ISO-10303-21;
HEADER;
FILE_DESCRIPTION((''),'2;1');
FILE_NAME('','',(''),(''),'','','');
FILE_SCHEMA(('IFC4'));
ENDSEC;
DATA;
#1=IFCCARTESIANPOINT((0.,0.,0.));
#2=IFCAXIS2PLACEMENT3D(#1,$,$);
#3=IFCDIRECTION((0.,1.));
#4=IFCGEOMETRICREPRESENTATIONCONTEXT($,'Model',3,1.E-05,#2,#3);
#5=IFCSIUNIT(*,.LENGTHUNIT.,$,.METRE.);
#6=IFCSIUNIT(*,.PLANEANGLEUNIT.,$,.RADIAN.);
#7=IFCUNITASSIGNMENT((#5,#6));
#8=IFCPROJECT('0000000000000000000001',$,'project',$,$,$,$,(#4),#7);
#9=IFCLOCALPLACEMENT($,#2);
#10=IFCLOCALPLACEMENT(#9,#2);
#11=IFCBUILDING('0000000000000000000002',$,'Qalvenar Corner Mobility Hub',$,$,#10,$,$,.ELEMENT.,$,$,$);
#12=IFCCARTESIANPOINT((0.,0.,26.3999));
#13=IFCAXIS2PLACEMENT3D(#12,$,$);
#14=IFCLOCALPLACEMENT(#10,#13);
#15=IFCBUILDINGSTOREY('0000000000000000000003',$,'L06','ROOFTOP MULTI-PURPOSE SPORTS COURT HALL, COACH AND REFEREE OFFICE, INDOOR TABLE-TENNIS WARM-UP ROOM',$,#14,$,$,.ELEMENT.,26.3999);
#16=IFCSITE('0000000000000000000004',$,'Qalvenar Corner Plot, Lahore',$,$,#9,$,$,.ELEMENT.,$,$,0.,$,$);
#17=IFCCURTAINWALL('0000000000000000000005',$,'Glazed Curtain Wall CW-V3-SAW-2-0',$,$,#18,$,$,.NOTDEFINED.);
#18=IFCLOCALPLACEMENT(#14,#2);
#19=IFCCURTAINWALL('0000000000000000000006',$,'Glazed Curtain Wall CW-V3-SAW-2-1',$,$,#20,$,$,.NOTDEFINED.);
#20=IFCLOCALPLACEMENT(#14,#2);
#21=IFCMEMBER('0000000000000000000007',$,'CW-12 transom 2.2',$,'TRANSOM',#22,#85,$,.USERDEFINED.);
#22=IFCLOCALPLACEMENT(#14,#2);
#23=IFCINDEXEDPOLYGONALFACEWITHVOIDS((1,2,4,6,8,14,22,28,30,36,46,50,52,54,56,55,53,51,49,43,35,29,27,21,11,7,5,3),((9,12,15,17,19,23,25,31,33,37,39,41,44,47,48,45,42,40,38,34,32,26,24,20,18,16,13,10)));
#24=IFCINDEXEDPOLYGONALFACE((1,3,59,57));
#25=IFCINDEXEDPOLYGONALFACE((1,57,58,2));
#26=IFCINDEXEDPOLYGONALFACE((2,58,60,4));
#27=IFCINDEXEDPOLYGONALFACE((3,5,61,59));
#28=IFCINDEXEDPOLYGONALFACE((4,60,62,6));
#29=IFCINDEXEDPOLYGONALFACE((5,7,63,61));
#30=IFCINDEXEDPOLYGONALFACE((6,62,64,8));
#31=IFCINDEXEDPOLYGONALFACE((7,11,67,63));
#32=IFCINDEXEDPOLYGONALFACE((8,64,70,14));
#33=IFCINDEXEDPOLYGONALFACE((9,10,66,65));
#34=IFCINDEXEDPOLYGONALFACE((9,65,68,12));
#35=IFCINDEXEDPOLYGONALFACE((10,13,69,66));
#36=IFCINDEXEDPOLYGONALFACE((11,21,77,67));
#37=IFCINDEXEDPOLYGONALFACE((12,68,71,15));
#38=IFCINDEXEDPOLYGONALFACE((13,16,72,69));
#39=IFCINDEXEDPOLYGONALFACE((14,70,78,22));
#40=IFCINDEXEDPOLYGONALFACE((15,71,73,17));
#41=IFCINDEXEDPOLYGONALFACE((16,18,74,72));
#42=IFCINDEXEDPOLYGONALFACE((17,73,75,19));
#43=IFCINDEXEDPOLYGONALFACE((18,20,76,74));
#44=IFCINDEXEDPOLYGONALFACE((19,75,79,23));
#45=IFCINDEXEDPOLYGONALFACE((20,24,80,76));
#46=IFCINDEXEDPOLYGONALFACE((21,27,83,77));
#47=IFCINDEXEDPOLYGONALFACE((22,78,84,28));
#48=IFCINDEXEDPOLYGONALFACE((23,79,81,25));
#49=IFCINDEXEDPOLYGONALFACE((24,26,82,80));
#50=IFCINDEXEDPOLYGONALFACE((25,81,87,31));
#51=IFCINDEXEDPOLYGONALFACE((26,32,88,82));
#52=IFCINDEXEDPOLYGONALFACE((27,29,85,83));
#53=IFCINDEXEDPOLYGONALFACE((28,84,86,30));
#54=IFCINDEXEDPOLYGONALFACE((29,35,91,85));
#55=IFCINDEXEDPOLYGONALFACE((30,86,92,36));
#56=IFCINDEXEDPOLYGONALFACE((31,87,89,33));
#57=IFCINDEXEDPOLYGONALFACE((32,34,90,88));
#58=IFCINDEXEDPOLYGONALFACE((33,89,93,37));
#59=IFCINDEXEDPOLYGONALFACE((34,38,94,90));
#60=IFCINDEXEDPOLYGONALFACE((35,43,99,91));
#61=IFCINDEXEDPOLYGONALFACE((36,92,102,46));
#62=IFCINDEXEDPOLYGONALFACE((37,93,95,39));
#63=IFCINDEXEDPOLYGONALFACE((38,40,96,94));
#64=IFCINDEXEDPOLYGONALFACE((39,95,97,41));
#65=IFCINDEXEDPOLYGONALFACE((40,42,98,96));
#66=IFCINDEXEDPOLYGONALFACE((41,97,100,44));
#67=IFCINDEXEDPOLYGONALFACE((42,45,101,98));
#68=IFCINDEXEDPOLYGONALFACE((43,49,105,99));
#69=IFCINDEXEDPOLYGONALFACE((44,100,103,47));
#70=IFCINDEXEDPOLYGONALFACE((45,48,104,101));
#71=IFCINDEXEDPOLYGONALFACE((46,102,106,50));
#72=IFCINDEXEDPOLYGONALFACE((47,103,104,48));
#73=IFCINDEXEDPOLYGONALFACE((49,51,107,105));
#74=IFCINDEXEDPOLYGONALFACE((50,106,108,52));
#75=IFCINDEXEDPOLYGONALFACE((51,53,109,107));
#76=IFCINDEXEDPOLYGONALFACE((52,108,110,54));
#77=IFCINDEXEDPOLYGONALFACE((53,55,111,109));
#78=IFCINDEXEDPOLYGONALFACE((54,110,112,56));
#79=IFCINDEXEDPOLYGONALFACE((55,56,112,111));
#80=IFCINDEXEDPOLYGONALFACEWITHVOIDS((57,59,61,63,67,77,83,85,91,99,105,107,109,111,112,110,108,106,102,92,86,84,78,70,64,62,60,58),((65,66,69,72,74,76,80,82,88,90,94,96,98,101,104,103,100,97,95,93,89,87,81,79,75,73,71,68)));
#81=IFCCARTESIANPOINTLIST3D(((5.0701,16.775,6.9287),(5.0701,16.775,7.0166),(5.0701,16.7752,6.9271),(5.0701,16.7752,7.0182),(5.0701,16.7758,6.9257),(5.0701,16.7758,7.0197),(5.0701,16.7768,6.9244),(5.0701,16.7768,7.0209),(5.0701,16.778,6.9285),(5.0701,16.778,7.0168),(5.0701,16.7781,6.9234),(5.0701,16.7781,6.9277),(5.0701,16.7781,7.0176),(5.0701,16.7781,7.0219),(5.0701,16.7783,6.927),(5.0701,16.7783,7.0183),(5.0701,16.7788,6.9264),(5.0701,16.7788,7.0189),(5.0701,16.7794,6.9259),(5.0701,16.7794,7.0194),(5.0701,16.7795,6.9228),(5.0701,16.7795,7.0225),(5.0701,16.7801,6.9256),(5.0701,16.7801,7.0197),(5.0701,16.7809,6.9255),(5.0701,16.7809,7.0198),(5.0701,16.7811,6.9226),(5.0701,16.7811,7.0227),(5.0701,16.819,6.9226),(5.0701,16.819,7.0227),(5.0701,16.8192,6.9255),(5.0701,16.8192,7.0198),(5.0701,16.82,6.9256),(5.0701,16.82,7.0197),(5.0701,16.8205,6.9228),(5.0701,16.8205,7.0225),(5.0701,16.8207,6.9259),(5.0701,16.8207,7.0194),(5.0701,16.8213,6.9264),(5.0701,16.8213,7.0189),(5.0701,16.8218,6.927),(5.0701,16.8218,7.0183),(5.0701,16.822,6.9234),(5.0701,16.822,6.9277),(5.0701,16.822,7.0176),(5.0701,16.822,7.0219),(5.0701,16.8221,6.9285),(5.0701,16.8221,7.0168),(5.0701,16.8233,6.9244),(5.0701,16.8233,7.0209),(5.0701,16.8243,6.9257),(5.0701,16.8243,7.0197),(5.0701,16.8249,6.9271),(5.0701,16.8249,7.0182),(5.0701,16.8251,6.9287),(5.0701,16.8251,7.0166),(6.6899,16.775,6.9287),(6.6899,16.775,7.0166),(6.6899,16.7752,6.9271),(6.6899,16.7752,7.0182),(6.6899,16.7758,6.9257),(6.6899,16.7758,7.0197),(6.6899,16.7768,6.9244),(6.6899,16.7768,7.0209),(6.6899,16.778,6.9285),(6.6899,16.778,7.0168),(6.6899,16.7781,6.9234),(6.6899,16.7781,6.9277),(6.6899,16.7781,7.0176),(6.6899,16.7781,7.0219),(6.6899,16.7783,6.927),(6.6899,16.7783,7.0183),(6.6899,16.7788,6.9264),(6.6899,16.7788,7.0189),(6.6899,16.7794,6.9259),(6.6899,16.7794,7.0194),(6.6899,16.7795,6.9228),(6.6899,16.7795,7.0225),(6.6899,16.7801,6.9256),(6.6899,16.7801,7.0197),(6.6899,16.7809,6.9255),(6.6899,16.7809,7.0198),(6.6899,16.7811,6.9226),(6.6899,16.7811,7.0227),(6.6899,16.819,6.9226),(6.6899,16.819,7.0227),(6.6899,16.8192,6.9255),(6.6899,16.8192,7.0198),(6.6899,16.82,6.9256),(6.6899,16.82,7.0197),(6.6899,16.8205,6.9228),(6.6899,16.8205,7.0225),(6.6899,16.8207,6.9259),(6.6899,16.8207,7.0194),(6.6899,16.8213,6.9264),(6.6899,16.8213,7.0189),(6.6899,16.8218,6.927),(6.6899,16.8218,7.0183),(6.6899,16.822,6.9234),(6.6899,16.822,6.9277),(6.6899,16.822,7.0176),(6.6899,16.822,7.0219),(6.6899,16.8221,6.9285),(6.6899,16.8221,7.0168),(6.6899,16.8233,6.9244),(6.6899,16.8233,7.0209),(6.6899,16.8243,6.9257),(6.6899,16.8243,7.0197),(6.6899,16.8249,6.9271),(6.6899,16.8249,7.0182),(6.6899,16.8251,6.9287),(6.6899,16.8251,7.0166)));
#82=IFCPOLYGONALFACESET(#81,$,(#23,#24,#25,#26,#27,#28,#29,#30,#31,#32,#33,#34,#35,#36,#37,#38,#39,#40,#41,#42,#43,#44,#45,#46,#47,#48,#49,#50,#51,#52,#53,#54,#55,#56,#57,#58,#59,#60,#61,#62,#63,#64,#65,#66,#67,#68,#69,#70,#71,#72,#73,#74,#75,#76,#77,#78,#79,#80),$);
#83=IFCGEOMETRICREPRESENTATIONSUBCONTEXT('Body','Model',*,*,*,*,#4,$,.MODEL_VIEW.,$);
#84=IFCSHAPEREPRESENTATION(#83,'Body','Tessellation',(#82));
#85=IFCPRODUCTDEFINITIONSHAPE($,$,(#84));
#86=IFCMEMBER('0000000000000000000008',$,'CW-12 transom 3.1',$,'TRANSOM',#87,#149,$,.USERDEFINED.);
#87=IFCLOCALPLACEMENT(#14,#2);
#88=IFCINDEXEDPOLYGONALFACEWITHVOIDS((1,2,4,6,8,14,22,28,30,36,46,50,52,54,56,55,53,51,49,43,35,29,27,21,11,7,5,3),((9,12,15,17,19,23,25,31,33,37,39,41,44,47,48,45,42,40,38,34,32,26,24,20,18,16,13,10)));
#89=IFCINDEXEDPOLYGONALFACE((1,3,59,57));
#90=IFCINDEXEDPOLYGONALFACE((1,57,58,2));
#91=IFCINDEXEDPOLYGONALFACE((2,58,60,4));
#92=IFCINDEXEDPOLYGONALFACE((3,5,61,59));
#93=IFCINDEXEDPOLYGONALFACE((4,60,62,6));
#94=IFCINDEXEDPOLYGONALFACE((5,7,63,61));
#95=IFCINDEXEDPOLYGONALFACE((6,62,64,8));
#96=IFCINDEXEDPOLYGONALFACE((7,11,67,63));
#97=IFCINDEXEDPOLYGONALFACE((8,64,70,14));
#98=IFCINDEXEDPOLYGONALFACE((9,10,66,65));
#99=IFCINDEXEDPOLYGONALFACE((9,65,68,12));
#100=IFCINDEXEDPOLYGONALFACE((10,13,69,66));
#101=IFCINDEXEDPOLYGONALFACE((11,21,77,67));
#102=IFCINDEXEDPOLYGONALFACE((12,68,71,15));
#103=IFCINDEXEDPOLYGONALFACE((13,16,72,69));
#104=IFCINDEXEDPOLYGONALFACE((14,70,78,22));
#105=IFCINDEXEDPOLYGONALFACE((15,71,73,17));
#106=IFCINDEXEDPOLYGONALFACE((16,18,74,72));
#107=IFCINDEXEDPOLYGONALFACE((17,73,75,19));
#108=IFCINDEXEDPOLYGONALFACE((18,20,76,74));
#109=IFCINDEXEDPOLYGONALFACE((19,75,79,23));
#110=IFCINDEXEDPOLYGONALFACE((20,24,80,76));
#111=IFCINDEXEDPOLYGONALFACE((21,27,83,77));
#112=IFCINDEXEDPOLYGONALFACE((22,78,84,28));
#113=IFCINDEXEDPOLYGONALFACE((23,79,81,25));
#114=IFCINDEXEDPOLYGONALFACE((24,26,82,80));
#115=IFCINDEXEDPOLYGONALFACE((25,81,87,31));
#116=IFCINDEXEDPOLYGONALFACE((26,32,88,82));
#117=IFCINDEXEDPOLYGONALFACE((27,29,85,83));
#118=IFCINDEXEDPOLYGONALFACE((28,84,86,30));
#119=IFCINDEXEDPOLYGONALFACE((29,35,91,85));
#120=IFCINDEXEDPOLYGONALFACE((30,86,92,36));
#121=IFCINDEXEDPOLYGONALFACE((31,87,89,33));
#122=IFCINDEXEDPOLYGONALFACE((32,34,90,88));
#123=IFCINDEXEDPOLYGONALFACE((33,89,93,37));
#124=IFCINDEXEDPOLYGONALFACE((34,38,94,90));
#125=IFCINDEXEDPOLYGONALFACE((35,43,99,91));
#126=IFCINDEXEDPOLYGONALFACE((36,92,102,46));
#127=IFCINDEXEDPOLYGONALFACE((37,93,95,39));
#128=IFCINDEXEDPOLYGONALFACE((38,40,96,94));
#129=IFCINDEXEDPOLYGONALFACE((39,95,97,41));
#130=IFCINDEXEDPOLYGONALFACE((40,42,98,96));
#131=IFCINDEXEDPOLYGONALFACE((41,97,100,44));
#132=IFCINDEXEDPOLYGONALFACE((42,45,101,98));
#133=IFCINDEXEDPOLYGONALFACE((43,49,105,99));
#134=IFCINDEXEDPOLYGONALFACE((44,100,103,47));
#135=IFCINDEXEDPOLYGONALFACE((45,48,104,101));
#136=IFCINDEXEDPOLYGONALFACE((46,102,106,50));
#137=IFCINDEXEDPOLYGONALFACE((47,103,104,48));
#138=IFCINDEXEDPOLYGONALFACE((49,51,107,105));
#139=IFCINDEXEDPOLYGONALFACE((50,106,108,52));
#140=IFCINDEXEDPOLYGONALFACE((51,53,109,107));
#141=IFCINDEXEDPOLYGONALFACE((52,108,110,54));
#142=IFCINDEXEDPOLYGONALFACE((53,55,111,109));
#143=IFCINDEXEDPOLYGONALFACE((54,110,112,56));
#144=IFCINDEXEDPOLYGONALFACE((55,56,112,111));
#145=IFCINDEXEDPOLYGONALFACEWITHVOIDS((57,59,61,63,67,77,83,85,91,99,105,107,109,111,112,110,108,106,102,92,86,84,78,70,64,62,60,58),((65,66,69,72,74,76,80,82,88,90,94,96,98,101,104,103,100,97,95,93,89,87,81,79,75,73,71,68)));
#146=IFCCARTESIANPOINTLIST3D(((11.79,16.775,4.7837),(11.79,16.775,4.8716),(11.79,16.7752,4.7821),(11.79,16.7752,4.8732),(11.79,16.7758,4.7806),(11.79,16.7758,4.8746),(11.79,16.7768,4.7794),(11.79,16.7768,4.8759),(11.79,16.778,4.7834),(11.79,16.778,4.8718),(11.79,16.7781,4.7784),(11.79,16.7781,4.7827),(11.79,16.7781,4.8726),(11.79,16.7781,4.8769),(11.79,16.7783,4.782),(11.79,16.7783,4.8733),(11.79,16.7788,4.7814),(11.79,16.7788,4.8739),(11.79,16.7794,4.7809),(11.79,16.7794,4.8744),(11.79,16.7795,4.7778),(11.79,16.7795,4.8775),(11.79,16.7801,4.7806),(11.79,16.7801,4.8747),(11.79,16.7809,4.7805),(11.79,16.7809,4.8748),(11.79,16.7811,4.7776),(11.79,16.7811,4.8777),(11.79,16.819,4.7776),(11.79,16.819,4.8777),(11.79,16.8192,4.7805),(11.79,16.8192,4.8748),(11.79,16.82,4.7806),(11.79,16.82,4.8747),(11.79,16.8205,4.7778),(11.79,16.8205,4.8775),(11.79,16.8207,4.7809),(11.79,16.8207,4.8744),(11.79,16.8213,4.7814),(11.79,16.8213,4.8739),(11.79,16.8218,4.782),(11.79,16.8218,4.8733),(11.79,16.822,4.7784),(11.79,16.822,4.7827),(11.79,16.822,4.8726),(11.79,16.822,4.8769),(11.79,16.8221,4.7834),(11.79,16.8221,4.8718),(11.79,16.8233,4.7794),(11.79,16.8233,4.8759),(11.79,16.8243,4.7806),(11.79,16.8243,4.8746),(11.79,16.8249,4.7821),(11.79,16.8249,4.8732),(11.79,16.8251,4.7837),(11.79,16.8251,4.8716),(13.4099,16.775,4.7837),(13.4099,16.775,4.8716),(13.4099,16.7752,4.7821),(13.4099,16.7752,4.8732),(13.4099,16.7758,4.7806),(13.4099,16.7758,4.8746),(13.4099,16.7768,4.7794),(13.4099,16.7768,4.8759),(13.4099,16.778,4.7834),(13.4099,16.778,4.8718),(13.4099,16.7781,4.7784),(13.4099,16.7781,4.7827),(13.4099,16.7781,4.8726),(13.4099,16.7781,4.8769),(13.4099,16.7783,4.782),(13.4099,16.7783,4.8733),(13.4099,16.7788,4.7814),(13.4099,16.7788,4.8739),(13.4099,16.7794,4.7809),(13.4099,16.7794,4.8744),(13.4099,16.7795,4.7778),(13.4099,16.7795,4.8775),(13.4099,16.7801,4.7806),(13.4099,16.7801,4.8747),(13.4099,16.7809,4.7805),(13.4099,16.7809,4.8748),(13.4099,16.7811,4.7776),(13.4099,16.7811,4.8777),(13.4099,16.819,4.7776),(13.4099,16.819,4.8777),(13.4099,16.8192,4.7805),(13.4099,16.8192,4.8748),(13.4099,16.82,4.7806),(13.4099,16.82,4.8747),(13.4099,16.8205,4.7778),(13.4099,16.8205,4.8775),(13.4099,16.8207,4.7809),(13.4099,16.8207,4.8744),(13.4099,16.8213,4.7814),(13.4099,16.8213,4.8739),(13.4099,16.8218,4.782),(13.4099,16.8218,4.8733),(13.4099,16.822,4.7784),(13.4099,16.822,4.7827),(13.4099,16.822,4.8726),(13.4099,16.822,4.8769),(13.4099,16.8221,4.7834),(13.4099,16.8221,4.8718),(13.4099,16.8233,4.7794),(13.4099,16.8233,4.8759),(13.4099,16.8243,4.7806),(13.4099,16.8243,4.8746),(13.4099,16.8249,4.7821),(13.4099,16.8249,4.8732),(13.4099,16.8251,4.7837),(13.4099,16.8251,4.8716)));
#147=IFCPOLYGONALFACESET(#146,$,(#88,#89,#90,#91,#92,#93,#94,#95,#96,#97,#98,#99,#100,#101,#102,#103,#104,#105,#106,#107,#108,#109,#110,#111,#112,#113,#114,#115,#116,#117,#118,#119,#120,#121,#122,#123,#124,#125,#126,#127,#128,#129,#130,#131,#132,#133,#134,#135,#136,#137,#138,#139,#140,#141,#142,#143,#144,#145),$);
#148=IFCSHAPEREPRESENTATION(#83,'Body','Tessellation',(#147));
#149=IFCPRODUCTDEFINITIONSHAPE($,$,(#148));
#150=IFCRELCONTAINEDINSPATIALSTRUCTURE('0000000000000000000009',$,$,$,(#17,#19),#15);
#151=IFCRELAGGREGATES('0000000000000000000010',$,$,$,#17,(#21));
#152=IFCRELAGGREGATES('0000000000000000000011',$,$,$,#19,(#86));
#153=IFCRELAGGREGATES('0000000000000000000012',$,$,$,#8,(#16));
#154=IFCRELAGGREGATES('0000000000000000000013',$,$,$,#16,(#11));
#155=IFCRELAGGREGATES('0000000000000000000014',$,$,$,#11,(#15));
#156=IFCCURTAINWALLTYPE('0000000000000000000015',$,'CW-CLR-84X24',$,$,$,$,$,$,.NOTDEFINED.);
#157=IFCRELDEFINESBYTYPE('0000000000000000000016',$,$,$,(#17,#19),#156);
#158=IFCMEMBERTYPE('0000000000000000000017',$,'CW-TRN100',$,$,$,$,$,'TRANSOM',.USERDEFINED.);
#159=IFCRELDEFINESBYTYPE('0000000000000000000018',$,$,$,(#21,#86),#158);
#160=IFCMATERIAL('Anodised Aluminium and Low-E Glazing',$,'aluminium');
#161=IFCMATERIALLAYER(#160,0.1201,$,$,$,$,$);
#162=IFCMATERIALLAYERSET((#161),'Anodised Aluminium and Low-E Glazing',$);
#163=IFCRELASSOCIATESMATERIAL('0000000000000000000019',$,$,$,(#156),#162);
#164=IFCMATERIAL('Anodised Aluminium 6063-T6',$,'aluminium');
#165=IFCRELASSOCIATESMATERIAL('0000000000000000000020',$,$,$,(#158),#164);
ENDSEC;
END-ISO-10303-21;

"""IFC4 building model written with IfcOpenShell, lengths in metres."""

from ifc_helpers import new_model, si_unit, direction, frame, origin, origin_2d, place, context, subcontext, project, spatial, hollow_rectangle, extrude, material, layer, layer_set, material_profile, profile_set, type_object, element, aggregate, save


model = new_model("IFC4")

# Units and contexts
model_context = context("Model", 3, precision=1e-05, world=origin(), true_north=direction((0.0, 1.0)))
body_context = subcontext(model_context, "Body", "Model", "MODEL_VIEW")
ifc_project = project(units=[si_unit("LENGTHUNIT", "METRE"), si_unit("PLANEANGLEUNIT", "RADIAN")], contexts=[model_context])

# Site, building, storey
site_placement = place(None, origin())
site = spatial("IfcSite", under=ifc_project, at=site_placement, Name="Qalvenar Corner Plot, Lahore", CompositionType="ELEMENT", RefElevation=0.0)
building_placement = place(site_placement, origin())
building = spatial("IfcBuilding", under=site, at=building_placement, Name="Qalvenar Corner Mobility Hub", CompositionType="ELEMENT")
storey_placement = place(building_placement, frame((0.0, 0.0, 26.3999)))
storey = spatial("IfcBuildingStorey", under=building, at=storey_placement, Name="L06", Description="ROOFTOP MULTI-PURPOSE SPORTS COURT HALL, COACH AND REFEREE OFFICE, INDOOR TABLE-TENNIS WARM-UP ROOM", CompositionType="ELEMENT", Elevation=26.3999)

# Curtain walls
ifc_material_1 = material(Name="Anodised Aluminium and Low-E Glazing", Category="aluminium")
ifc_layer_1 = layer(ifc_material_1, 0.1201)
ifc_layer_set_1 = layer_set([ifc_layer_1], Name="Anodised Aluminium and Low-E Glazing")
curtain_wall_type = type_object("IfcCurtainWallType", Name="CW-CLR-84X24", PredefinedType="NOTDEFINED", material=ifc_layer_set_1)
curtain_wall_1_placement = place(storey_placement, origin())
curtain_wall_1 = element("IfcCurtainWall", 1, at=curtain_wall_1_placement, inside=storey, type_object=curtain_wall_type, Name="Glazed Curtain Wall CW-V3-SAW-2-0", PredefinedType="NOTDEFINED")
ifc_material_2 = material(Name="Anodised Aluminium 6063-T6", Category="aluminium")
curtain_wall_2_placement = place(storey_placement, origin())
curtain_wall_2 = element("IfcCurtainWall", 2, at=curtain_wall_2_placement, inside=storey, type_object=curtain_wall_type, Name="Glazed Curtain Wall CW-V3-SAW-2-1", PredefinedType="NOTDEFINED")

# Members
ifc_material_profile_1 = material_profile(ifc_material_2, hollow_rectangle(XDim=0.05, YDim=0.1001, WallThickness=0.0029, InnerFilletRadius=0.0029, OuterFilletRadius=0.0061, at=origin_2d()), Name="RHS100x50x3")
ifc_profile_set_1 = profile_set([ifc_material_profile_1], Name="Anodised Aluminium 6063-T6")
member_type_1 = type_object("IfcMemberType", Name="CW-TRN100", ElementType="TRANSOM", PredefinedType="USERDEFINED", material=ifc_profile_set_1)
member_1_placement = place(storey_placement, frame((6.6899, 16.8, 6.9727), z_axis=(-1.0, 0.0, 0.0), x_axis=(0.0, -1.0, 0.0)))
member_1 = element("IfcMember", 3, at=member_1_placement, type_object=member_type_1, Name="CW-12 transom 2.2", ObjectType="TRANSOM", PredefinedType="USERDEFINED", context=body_context, shape_type="SweptSolid", body=[
    extrude(hollow_rectangle(XDim=0.05, YDim=0.1001, WallThickness=0.0029, InnerFilletRadius=0.0029, OuterFilletRadius=0.0061, at=origin_2d()), origin(), (0.0, 0.0, 1.0), 1.6199),
])
member_2_placement = place(storey_placement, frame((13.4099, 16.8, 4.8276), z_axis=(-1.0, 0.0, 0.0), x_axis=(0.0, -1.0, 0.0)))
member_2 = element("IfcMember", 4, at=member_2_placement, type_object=member_type_1, Name="CW-12 transom 3.1", ObjectType="TRANSOM", PredefinedType="USERDEFINED", context=body_context, shape_type="SweptSolid", body=[
    extrude(hollow_rectangle(XDim=0.05, YDim=0.1001, WallThickness=0.0029, InnerFilletRadius=0.0029, OuterFilletRadius=0.0061, at=origin_2d()), origin(), (0.0, 0.0, 1.0), 1.6199),
])

aggregate(curtain_wall_1, [member_1])
aggregate(curtain_wall_2, [member_2])

save(model, "model.ifc")
